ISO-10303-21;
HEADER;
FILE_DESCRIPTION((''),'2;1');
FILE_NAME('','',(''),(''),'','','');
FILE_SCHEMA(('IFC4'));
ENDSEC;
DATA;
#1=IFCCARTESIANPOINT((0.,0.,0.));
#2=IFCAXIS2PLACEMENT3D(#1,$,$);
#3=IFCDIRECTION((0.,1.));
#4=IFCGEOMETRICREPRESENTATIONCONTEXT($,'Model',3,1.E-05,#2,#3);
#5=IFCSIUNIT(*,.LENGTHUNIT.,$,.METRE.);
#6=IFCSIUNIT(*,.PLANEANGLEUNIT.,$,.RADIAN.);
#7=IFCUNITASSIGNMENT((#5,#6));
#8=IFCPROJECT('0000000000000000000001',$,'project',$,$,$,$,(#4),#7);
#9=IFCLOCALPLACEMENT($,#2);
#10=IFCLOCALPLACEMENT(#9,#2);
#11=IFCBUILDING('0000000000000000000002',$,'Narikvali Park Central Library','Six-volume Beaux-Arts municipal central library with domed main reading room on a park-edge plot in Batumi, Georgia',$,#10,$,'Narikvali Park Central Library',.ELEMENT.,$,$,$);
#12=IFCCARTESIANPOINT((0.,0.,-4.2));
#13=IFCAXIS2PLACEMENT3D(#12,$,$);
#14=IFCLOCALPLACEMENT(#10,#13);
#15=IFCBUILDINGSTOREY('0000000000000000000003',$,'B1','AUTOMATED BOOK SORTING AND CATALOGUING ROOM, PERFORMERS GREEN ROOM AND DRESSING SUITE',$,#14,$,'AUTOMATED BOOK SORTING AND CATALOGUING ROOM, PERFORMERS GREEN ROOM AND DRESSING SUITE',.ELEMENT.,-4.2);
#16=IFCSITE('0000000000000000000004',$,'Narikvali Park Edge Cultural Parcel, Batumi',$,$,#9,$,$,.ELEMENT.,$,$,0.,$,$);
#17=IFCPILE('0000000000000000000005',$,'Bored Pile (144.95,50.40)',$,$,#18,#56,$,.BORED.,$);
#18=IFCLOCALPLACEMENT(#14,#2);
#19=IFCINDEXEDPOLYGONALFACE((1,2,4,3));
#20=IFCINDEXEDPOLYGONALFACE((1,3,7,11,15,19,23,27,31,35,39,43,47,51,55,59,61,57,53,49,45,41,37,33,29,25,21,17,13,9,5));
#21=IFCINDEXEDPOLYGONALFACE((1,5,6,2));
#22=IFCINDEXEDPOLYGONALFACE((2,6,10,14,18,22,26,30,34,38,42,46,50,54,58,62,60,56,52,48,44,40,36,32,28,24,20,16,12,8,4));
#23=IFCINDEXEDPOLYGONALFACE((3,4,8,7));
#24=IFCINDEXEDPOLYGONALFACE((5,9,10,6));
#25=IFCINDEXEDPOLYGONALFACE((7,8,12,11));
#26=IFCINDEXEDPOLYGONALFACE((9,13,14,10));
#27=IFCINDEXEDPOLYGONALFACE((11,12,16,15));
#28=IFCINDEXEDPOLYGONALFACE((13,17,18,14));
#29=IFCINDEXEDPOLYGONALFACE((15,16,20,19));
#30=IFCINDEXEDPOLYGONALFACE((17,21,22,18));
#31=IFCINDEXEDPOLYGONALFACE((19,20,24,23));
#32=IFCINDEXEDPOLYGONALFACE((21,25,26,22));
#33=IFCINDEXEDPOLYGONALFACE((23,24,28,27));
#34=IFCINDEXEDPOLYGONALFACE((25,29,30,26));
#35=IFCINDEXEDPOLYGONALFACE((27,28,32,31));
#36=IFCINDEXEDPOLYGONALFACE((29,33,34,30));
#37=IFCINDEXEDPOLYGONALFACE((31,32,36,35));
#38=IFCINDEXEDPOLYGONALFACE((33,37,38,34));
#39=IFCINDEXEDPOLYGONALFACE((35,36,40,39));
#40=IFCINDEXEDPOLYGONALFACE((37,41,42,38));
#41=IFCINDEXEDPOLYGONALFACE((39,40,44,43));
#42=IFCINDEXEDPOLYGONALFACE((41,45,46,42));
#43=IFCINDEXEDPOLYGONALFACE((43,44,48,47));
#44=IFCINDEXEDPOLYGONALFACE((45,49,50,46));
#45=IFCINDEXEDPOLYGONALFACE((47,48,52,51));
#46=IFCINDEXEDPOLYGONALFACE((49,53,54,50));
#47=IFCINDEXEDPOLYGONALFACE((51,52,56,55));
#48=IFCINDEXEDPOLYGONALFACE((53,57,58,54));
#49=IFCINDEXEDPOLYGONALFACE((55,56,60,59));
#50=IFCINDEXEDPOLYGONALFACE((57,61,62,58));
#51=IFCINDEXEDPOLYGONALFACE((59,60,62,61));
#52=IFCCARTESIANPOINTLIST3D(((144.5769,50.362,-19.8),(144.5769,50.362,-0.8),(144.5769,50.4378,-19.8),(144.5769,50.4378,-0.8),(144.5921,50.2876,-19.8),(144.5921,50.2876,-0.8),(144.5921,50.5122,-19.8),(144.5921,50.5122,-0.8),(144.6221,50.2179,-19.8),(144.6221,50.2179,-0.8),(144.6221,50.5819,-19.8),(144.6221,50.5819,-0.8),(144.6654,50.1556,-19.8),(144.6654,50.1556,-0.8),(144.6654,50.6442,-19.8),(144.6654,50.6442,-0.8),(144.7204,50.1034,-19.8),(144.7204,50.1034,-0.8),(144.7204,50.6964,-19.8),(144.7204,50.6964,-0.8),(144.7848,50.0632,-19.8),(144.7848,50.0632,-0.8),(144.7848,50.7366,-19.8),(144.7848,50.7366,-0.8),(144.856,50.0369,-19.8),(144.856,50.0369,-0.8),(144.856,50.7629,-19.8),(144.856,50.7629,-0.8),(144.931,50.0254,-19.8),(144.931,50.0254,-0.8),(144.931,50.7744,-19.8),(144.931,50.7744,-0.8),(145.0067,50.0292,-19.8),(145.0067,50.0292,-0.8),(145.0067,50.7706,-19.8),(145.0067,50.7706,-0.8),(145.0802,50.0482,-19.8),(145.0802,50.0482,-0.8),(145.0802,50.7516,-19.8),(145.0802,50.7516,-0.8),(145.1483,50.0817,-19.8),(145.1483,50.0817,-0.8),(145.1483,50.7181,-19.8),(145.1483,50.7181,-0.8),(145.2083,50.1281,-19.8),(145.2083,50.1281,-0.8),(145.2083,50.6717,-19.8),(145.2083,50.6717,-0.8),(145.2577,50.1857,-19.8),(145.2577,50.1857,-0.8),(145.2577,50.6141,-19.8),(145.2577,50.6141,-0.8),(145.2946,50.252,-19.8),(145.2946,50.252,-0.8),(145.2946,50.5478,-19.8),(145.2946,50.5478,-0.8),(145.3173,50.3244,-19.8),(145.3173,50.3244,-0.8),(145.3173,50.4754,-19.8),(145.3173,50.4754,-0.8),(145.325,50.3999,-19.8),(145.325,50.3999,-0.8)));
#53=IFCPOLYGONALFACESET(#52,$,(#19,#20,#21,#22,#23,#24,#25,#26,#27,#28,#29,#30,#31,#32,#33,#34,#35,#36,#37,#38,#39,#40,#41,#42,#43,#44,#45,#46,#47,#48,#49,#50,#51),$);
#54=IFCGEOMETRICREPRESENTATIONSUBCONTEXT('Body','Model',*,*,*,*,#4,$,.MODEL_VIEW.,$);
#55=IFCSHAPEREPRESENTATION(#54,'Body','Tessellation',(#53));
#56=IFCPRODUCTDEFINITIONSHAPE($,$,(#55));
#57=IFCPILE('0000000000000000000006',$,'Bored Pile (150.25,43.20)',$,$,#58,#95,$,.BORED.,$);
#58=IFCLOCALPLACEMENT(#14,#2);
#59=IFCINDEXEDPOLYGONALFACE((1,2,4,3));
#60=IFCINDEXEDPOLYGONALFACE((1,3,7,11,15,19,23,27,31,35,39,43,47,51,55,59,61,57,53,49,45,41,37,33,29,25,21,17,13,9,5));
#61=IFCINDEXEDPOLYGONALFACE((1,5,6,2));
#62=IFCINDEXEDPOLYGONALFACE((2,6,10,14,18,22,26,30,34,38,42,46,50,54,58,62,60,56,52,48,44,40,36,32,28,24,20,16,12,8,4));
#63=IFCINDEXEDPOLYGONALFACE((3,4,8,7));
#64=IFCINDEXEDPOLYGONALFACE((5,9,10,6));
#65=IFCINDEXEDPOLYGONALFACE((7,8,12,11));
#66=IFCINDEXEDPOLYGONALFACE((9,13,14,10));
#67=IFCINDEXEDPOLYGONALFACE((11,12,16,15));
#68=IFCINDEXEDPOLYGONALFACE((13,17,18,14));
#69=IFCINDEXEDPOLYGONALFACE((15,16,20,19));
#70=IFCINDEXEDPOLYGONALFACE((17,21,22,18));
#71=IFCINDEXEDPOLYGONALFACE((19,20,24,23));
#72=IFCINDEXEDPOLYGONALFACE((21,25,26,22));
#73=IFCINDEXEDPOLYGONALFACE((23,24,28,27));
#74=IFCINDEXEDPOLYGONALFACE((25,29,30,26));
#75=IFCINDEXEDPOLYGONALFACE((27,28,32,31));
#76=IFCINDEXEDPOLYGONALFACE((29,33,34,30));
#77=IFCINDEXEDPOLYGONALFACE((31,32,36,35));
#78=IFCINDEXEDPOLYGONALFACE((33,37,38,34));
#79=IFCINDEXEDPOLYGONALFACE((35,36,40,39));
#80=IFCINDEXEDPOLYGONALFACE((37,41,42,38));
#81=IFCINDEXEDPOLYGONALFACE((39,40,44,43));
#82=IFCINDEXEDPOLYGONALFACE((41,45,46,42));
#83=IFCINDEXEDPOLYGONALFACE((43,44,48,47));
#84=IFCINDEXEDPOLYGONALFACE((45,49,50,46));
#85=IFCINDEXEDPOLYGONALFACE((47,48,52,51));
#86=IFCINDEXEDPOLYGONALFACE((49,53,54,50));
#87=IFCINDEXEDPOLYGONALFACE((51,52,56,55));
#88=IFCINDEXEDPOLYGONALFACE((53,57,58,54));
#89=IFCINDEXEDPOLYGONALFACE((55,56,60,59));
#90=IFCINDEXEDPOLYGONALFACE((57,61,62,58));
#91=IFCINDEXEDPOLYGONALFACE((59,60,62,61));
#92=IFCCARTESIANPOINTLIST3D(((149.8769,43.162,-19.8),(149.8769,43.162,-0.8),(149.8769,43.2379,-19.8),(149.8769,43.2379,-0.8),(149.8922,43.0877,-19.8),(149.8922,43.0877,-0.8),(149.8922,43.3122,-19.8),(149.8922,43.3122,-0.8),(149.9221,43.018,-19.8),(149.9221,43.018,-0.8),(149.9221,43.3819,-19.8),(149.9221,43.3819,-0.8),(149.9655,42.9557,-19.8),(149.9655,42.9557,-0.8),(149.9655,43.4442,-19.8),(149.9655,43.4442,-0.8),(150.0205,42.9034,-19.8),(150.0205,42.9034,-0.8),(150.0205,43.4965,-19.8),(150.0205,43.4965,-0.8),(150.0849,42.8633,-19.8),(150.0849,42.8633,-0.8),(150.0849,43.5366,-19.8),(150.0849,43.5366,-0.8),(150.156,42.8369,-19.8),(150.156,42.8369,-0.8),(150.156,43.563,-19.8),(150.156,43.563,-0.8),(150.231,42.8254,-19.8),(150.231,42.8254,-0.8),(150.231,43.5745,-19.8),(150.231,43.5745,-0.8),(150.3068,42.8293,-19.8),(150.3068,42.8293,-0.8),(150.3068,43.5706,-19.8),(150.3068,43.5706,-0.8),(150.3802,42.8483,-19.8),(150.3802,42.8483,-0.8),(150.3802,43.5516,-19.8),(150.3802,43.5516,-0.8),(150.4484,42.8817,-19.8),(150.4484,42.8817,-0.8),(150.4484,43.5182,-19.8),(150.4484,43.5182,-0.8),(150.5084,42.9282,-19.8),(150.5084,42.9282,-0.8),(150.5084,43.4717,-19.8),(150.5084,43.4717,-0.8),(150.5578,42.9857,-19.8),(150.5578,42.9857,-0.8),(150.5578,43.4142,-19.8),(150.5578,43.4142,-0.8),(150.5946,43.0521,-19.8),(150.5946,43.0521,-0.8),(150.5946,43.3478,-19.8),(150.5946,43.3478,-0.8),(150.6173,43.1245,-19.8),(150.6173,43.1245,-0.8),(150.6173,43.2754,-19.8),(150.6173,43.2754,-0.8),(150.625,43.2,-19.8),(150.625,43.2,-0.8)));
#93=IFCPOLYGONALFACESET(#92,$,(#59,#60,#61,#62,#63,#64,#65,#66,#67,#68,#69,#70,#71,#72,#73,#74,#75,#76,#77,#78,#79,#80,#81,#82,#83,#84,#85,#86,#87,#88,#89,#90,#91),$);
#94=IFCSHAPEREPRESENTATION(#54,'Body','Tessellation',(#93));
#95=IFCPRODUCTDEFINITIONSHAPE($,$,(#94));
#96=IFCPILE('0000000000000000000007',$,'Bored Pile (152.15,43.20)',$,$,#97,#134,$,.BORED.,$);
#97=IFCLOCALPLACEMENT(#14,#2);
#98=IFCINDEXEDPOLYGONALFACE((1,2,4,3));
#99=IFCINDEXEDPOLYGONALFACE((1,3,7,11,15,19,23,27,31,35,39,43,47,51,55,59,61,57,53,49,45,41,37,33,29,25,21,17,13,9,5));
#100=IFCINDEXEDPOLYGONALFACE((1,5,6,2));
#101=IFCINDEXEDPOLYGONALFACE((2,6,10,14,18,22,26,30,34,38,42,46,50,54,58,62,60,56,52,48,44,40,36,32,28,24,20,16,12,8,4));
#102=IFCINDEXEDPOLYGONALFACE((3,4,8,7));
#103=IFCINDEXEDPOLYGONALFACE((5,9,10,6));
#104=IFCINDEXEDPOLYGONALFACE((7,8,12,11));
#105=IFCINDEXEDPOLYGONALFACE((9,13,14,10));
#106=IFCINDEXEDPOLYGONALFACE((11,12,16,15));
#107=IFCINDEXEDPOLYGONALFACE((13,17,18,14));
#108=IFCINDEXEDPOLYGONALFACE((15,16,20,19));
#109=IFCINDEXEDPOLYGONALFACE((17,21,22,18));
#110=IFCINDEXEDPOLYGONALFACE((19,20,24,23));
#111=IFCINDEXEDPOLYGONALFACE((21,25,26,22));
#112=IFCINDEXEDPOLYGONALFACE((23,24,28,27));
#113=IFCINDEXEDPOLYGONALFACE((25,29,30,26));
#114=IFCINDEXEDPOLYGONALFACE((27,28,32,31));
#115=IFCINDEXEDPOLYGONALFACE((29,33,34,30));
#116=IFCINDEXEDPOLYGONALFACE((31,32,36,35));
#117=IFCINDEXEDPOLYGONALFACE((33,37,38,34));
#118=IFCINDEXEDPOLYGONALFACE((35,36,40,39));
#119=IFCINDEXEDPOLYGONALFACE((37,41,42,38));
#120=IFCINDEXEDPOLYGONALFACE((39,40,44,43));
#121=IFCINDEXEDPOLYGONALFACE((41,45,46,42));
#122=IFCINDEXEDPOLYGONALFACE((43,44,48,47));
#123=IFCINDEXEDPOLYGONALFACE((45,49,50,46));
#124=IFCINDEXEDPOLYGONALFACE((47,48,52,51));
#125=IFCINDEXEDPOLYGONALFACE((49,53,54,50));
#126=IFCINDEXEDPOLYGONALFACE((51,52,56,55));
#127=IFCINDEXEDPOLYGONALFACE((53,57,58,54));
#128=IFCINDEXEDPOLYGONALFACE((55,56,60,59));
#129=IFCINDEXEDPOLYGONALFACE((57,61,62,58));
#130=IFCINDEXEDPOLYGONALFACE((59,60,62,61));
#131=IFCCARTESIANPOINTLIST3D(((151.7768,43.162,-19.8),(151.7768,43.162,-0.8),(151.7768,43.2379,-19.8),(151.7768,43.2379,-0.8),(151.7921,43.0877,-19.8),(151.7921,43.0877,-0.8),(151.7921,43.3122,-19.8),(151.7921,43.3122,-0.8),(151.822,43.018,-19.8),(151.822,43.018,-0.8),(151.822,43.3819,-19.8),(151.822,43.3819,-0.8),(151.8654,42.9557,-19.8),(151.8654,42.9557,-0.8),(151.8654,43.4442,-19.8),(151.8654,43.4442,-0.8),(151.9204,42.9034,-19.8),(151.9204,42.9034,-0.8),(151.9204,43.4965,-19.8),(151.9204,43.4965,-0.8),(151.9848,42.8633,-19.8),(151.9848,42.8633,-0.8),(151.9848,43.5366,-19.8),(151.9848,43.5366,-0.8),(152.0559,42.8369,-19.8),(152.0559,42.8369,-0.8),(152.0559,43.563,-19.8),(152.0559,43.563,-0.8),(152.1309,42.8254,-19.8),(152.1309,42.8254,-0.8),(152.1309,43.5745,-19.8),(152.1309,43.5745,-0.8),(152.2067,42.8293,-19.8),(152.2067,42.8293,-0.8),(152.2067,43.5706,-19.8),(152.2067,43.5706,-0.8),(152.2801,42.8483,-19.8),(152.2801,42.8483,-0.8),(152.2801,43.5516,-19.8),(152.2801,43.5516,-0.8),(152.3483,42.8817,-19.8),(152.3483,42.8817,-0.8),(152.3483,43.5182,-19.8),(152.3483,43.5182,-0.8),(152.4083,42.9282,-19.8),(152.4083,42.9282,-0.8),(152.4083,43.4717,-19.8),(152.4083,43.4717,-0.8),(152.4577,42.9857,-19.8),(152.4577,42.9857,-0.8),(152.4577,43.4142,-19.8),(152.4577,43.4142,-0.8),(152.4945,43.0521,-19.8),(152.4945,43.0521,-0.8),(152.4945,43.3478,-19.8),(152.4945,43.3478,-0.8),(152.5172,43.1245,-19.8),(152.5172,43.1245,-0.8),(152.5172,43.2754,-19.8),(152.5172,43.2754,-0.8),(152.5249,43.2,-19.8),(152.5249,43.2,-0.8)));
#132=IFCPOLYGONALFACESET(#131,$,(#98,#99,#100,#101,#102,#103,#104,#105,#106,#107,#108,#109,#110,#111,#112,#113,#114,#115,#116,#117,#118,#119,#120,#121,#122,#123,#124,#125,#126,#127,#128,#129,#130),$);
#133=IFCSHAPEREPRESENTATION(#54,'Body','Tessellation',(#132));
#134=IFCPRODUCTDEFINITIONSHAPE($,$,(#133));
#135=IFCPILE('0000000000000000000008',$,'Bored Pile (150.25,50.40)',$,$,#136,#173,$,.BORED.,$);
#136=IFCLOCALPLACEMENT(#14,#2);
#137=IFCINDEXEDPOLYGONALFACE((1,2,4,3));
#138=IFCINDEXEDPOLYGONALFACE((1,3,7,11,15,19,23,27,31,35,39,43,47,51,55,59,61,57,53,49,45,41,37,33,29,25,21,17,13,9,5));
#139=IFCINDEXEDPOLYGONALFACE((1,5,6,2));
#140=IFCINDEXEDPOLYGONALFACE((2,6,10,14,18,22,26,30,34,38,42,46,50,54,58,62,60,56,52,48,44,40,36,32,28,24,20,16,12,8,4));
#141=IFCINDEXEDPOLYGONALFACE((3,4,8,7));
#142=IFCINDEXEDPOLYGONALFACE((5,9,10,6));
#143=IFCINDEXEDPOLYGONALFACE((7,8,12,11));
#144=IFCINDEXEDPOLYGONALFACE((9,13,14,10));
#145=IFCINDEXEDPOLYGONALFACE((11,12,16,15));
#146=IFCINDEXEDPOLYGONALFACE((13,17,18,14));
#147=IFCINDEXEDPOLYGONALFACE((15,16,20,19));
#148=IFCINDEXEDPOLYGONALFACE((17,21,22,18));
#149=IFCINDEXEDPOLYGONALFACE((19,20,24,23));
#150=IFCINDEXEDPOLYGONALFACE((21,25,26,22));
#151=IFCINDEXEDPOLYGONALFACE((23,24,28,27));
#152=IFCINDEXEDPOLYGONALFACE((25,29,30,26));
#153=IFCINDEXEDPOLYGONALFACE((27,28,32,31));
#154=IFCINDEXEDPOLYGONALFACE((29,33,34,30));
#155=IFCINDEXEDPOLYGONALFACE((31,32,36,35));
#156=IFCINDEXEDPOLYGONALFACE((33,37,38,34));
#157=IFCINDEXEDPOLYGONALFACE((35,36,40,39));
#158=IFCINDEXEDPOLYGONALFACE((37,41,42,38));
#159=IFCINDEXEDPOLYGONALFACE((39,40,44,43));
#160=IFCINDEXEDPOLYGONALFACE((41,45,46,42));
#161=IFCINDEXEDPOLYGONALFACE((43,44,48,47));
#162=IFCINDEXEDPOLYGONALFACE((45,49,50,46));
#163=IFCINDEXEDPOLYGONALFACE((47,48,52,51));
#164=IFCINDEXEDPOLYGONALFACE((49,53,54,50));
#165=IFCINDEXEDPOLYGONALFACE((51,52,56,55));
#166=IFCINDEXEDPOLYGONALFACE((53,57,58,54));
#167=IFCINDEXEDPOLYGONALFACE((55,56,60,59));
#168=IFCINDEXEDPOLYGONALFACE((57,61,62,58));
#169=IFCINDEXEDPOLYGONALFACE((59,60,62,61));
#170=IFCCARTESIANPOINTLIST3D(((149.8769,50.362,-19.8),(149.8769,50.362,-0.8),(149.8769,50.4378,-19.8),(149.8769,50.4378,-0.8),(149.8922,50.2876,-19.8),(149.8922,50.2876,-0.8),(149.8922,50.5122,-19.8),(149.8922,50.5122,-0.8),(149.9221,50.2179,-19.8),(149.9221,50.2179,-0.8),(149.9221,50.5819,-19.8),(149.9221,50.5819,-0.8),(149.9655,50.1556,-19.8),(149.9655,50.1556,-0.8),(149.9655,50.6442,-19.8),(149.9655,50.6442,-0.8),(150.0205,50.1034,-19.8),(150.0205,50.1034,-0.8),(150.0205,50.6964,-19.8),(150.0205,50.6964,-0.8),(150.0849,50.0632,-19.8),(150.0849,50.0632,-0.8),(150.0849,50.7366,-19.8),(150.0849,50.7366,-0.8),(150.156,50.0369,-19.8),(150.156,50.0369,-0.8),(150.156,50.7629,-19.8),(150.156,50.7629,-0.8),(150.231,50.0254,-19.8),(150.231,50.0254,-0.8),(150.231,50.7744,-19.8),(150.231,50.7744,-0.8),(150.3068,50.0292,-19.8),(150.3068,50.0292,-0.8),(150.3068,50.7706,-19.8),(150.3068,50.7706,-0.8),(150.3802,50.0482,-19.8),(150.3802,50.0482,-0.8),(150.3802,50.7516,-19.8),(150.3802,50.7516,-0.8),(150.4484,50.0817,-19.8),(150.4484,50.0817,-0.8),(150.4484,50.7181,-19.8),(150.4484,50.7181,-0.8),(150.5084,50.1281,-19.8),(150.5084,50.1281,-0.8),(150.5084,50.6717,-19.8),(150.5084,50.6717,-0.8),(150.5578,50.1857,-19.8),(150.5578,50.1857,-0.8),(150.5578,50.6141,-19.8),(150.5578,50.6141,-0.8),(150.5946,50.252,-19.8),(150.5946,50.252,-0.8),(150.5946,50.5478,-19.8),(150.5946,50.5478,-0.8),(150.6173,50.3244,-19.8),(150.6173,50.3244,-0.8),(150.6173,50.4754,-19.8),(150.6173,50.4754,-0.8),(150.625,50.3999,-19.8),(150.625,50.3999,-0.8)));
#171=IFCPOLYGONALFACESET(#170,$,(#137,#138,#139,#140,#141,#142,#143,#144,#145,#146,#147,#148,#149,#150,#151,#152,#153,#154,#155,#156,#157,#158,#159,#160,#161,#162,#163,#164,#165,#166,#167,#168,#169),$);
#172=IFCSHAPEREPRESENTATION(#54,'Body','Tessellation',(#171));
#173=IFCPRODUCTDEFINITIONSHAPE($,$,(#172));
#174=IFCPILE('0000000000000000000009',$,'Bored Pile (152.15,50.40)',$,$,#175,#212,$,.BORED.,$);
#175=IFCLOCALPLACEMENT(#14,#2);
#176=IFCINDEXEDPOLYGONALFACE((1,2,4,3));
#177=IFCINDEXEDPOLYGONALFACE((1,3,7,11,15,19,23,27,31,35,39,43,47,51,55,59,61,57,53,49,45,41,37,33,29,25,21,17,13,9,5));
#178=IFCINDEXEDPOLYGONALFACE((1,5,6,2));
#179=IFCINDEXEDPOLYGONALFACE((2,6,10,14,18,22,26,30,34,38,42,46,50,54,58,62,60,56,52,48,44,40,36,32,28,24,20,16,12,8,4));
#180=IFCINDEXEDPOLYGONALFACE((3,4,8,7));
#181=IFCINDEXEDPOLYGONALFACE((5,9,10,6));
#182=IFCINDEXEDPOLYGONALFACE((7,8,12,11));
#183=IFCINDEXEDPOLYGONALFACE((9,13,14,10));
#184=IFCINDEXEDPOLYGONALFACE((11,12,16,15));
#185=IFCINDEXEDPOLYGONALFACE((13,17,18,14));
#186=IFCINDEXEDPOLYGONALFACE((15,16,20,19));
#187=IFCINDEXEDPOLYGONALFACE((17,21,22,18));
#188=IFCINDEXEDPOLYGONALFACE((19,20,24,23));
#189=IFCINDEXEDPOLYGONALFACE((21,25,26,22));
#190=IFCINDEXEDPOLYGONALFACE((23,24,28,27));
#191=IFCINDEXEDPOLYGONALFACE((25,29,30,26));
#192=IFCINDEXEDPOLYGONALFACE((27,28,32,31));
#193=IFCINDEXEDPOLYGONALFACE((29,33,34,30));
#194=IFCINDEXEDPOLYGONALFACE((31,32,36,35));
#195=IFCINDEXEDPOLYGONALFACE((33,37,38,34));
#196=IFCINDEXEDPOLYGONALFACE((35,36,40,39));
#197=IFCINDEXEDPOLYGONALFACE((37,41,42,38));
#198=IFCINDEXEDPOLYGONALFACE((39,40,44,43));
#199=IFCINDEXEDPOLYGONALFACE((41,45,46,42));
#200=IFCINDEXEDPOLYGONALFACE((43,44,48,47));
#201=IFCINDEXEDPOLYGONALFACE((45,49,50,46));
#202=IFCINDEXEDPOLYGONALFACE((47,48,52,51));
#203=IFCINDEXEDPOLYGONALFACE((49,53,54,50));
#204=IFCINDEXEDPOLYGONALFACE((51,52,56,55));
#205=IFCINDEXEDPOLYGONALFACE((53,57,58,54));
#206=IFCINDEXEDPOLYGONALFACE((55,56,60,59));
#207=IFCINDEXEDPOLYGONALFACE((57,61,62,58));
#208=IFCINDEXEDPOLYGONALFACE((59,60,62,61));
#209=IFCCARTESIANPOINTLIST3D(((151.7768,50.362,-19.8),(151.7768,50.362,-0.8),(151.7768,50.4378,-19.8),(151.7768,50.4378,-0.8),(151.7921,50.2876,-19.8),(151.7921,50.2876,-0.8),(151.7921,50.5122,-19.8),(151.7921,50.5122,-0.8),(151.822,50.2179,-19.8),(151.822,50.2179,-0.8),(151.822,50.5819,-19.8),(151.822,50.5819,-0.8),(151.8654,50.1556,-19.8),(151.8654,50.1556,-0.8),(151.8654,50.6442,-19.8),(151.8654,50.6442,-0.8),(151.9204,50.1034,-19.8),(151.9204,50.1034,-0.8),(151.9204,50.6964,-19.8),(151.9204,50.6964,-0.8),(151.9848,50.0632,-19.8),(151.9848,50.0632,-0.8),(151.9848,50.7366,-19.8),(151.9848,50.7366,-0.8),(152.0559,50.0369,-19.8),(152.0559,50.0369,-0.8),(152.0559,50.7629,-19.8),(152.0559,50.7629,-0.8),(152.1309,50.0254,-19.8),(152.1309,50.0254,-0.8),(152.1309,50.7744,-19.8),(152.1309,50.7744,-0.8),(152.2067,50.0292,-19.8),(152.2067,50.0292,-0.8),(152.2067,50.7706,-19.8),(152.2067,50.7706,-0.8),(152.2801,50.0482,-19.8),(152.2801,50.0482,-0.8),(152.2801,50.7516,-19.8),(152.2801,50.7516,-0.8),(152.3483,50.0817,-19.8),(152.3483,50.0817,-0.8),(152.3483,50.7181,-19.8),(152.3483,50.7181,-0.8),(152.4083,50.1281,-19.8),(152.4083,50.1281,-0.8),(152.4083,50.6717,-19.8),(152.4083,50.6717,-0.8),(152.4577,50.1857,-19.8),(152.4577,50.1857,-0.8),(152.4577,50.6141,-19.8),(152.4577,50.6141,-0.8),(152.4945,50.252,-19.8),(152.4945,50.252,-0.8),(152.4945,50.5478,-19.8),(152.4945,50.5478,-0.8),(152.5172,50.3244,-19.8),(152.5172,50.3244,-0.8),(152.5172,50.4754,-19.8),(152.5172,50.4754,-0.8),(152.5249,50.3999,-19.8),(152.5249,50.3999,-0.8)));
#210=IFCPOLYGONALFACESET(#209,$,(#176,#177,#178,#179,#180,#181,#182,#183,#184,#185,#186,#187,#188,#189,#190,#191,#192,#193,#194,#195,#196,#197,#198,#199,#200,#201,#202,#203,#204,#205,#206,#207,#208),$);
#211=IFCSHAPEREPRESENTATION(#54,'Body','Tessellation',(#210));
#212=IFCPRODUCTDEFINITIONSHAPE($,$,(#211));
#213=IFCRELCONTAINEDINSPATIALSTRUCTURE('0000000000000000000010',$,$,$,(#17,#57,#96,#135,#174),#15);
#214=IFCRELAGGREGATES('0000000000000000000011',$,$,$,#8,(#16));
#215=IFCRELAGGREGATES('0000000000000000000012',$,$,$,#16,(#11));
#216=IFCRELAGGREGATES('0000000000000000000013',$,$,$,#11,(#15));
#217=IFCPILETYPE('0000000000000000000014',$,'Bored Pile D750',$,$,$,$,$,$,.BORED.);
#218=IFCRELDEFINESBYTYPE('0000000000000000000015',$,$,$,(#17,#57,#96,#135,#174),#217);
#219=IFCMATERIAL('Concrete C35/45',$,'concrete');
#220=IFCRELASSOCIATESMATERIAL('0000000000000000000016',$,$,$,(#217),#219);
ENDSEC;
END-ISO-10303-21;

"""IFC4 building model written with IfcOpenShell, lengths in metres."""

from ifc_helpers import new_model, si_unit, direction, frame, origin, origin_2d, place, context, subcontext, project, spatial, circle, extrude, material, material_profile, profile_set, type_object, element, save


model = new_model("IFC4")

# Units and contexts
model_context = context("Model", 3, precision=1e-05, world=origin(), true_north=direction((0.0, 1.0)))
body_context = subcontext(model_context, "Body", "Model", "MODEL_VIEW")
ifc_project = project(units=[si_unit("LENGTHUNIT", "METRE"), si_unit("PLANEANGLEUNIT", "RADIAN")], contexts=[model_context])

# Site, building, storey
site_placement = place(None, origin())
site = spatial("IfcSite", under=ifc_project, at=site_placement, Name="Narikvali Park Edge Cultural Parcel, Batumi", CompositionType="ELEMENT", RefElevation=0.0)
building_placement = place(site_placement, origin())
building = spatial("IfcBuilding", under=site, at=building_placement, Name="Narikvali Park Central Library", Description="Six-volume Beaux-Arts municipal central library with domed main reading room on a park-edge plot in Batumi, Georgia", LongName="Narikvali Park Central Library", CompositionType="ELEMENT")
storey_placement = place(building_placement, frame((0.0, 0.0, -4.2)))
storey = spatial("IfcBuildingStorey", under=building, at=storey_placement, Name="B1", Description="AUTOMATED BOOK SORTING AND CATALOGUING ROOM, PERFORMERS GREEN ROOM AND DRESSING SUITE", LongName="AUTOMATED BOOK SORTING AND CATALOGUING ROOM, PERFORMERS GREEN ROOM AND DRESSING SUITE", CompositionType="ELEMENT", Elevation=-4.2)

# Piles
ifc_material_1 = material(Name="Concrete C35/45", Category="concrete")
ifc_material_profile_1 = material_profile(ifc_material_1, circle(Radius=0.375, at=origin_2d()), Name="PILE D750")
ifc_profile_set_1 = profile_set([ifc_material_profile_1], Name="Concrete C35/45")
pile_type = type_object("IfcPileType", Name="Bored Pile D750", PredefinedType="BORED", material=ifc_profile_set_1)
for number, where, z_axis, x_axis, name in (
    (1, (144.95, 50.3999, -0.8), (0.0, 0.0, -1.0), (1.0, 0.0, 0.0), "Bored Pile (144.95,50.40)"),
    (2, (150.25, 43.2, -0.8), (0.0, 0.0, -1.0), (1.0, 0.0, 0.0), "Bored Pile (150.25,43.20)"),
    (3, (152.1499, 43.2, -0.8), (0.0, 0.0, -1.0), (1.0, 0.0, 0.0), "Bored Pile (152.15,43.20)"),
    (4, (150.25, 50.3999, -0.8), (0.0, 0.0, -1.0), (1.0, 0.0, 0.0), "Bored Pile (150.25,50.40)"),
    (5, (152.1499, 50.3999, -0.8), (0.0, 0.0, -1.0), (1.0, 0.0, 0.0), "Bored Pile (152.15,50.40)"),
):
    element("IfcPile", number, at=place(storey_placement, frame(where, z_axis=z_axis, x_axis=x_axis)), inside=storey, type_object=pile_type, Name=name, PredefinedType="BORED", context=body_context, shape_type="SweptSolid", body=[
        extrude(circle(Radius=0.375, at=origin_2d()), origin(), (0.0, 0.0, 1.0), 19.0),
    ])

save(model, "model.ifc")
